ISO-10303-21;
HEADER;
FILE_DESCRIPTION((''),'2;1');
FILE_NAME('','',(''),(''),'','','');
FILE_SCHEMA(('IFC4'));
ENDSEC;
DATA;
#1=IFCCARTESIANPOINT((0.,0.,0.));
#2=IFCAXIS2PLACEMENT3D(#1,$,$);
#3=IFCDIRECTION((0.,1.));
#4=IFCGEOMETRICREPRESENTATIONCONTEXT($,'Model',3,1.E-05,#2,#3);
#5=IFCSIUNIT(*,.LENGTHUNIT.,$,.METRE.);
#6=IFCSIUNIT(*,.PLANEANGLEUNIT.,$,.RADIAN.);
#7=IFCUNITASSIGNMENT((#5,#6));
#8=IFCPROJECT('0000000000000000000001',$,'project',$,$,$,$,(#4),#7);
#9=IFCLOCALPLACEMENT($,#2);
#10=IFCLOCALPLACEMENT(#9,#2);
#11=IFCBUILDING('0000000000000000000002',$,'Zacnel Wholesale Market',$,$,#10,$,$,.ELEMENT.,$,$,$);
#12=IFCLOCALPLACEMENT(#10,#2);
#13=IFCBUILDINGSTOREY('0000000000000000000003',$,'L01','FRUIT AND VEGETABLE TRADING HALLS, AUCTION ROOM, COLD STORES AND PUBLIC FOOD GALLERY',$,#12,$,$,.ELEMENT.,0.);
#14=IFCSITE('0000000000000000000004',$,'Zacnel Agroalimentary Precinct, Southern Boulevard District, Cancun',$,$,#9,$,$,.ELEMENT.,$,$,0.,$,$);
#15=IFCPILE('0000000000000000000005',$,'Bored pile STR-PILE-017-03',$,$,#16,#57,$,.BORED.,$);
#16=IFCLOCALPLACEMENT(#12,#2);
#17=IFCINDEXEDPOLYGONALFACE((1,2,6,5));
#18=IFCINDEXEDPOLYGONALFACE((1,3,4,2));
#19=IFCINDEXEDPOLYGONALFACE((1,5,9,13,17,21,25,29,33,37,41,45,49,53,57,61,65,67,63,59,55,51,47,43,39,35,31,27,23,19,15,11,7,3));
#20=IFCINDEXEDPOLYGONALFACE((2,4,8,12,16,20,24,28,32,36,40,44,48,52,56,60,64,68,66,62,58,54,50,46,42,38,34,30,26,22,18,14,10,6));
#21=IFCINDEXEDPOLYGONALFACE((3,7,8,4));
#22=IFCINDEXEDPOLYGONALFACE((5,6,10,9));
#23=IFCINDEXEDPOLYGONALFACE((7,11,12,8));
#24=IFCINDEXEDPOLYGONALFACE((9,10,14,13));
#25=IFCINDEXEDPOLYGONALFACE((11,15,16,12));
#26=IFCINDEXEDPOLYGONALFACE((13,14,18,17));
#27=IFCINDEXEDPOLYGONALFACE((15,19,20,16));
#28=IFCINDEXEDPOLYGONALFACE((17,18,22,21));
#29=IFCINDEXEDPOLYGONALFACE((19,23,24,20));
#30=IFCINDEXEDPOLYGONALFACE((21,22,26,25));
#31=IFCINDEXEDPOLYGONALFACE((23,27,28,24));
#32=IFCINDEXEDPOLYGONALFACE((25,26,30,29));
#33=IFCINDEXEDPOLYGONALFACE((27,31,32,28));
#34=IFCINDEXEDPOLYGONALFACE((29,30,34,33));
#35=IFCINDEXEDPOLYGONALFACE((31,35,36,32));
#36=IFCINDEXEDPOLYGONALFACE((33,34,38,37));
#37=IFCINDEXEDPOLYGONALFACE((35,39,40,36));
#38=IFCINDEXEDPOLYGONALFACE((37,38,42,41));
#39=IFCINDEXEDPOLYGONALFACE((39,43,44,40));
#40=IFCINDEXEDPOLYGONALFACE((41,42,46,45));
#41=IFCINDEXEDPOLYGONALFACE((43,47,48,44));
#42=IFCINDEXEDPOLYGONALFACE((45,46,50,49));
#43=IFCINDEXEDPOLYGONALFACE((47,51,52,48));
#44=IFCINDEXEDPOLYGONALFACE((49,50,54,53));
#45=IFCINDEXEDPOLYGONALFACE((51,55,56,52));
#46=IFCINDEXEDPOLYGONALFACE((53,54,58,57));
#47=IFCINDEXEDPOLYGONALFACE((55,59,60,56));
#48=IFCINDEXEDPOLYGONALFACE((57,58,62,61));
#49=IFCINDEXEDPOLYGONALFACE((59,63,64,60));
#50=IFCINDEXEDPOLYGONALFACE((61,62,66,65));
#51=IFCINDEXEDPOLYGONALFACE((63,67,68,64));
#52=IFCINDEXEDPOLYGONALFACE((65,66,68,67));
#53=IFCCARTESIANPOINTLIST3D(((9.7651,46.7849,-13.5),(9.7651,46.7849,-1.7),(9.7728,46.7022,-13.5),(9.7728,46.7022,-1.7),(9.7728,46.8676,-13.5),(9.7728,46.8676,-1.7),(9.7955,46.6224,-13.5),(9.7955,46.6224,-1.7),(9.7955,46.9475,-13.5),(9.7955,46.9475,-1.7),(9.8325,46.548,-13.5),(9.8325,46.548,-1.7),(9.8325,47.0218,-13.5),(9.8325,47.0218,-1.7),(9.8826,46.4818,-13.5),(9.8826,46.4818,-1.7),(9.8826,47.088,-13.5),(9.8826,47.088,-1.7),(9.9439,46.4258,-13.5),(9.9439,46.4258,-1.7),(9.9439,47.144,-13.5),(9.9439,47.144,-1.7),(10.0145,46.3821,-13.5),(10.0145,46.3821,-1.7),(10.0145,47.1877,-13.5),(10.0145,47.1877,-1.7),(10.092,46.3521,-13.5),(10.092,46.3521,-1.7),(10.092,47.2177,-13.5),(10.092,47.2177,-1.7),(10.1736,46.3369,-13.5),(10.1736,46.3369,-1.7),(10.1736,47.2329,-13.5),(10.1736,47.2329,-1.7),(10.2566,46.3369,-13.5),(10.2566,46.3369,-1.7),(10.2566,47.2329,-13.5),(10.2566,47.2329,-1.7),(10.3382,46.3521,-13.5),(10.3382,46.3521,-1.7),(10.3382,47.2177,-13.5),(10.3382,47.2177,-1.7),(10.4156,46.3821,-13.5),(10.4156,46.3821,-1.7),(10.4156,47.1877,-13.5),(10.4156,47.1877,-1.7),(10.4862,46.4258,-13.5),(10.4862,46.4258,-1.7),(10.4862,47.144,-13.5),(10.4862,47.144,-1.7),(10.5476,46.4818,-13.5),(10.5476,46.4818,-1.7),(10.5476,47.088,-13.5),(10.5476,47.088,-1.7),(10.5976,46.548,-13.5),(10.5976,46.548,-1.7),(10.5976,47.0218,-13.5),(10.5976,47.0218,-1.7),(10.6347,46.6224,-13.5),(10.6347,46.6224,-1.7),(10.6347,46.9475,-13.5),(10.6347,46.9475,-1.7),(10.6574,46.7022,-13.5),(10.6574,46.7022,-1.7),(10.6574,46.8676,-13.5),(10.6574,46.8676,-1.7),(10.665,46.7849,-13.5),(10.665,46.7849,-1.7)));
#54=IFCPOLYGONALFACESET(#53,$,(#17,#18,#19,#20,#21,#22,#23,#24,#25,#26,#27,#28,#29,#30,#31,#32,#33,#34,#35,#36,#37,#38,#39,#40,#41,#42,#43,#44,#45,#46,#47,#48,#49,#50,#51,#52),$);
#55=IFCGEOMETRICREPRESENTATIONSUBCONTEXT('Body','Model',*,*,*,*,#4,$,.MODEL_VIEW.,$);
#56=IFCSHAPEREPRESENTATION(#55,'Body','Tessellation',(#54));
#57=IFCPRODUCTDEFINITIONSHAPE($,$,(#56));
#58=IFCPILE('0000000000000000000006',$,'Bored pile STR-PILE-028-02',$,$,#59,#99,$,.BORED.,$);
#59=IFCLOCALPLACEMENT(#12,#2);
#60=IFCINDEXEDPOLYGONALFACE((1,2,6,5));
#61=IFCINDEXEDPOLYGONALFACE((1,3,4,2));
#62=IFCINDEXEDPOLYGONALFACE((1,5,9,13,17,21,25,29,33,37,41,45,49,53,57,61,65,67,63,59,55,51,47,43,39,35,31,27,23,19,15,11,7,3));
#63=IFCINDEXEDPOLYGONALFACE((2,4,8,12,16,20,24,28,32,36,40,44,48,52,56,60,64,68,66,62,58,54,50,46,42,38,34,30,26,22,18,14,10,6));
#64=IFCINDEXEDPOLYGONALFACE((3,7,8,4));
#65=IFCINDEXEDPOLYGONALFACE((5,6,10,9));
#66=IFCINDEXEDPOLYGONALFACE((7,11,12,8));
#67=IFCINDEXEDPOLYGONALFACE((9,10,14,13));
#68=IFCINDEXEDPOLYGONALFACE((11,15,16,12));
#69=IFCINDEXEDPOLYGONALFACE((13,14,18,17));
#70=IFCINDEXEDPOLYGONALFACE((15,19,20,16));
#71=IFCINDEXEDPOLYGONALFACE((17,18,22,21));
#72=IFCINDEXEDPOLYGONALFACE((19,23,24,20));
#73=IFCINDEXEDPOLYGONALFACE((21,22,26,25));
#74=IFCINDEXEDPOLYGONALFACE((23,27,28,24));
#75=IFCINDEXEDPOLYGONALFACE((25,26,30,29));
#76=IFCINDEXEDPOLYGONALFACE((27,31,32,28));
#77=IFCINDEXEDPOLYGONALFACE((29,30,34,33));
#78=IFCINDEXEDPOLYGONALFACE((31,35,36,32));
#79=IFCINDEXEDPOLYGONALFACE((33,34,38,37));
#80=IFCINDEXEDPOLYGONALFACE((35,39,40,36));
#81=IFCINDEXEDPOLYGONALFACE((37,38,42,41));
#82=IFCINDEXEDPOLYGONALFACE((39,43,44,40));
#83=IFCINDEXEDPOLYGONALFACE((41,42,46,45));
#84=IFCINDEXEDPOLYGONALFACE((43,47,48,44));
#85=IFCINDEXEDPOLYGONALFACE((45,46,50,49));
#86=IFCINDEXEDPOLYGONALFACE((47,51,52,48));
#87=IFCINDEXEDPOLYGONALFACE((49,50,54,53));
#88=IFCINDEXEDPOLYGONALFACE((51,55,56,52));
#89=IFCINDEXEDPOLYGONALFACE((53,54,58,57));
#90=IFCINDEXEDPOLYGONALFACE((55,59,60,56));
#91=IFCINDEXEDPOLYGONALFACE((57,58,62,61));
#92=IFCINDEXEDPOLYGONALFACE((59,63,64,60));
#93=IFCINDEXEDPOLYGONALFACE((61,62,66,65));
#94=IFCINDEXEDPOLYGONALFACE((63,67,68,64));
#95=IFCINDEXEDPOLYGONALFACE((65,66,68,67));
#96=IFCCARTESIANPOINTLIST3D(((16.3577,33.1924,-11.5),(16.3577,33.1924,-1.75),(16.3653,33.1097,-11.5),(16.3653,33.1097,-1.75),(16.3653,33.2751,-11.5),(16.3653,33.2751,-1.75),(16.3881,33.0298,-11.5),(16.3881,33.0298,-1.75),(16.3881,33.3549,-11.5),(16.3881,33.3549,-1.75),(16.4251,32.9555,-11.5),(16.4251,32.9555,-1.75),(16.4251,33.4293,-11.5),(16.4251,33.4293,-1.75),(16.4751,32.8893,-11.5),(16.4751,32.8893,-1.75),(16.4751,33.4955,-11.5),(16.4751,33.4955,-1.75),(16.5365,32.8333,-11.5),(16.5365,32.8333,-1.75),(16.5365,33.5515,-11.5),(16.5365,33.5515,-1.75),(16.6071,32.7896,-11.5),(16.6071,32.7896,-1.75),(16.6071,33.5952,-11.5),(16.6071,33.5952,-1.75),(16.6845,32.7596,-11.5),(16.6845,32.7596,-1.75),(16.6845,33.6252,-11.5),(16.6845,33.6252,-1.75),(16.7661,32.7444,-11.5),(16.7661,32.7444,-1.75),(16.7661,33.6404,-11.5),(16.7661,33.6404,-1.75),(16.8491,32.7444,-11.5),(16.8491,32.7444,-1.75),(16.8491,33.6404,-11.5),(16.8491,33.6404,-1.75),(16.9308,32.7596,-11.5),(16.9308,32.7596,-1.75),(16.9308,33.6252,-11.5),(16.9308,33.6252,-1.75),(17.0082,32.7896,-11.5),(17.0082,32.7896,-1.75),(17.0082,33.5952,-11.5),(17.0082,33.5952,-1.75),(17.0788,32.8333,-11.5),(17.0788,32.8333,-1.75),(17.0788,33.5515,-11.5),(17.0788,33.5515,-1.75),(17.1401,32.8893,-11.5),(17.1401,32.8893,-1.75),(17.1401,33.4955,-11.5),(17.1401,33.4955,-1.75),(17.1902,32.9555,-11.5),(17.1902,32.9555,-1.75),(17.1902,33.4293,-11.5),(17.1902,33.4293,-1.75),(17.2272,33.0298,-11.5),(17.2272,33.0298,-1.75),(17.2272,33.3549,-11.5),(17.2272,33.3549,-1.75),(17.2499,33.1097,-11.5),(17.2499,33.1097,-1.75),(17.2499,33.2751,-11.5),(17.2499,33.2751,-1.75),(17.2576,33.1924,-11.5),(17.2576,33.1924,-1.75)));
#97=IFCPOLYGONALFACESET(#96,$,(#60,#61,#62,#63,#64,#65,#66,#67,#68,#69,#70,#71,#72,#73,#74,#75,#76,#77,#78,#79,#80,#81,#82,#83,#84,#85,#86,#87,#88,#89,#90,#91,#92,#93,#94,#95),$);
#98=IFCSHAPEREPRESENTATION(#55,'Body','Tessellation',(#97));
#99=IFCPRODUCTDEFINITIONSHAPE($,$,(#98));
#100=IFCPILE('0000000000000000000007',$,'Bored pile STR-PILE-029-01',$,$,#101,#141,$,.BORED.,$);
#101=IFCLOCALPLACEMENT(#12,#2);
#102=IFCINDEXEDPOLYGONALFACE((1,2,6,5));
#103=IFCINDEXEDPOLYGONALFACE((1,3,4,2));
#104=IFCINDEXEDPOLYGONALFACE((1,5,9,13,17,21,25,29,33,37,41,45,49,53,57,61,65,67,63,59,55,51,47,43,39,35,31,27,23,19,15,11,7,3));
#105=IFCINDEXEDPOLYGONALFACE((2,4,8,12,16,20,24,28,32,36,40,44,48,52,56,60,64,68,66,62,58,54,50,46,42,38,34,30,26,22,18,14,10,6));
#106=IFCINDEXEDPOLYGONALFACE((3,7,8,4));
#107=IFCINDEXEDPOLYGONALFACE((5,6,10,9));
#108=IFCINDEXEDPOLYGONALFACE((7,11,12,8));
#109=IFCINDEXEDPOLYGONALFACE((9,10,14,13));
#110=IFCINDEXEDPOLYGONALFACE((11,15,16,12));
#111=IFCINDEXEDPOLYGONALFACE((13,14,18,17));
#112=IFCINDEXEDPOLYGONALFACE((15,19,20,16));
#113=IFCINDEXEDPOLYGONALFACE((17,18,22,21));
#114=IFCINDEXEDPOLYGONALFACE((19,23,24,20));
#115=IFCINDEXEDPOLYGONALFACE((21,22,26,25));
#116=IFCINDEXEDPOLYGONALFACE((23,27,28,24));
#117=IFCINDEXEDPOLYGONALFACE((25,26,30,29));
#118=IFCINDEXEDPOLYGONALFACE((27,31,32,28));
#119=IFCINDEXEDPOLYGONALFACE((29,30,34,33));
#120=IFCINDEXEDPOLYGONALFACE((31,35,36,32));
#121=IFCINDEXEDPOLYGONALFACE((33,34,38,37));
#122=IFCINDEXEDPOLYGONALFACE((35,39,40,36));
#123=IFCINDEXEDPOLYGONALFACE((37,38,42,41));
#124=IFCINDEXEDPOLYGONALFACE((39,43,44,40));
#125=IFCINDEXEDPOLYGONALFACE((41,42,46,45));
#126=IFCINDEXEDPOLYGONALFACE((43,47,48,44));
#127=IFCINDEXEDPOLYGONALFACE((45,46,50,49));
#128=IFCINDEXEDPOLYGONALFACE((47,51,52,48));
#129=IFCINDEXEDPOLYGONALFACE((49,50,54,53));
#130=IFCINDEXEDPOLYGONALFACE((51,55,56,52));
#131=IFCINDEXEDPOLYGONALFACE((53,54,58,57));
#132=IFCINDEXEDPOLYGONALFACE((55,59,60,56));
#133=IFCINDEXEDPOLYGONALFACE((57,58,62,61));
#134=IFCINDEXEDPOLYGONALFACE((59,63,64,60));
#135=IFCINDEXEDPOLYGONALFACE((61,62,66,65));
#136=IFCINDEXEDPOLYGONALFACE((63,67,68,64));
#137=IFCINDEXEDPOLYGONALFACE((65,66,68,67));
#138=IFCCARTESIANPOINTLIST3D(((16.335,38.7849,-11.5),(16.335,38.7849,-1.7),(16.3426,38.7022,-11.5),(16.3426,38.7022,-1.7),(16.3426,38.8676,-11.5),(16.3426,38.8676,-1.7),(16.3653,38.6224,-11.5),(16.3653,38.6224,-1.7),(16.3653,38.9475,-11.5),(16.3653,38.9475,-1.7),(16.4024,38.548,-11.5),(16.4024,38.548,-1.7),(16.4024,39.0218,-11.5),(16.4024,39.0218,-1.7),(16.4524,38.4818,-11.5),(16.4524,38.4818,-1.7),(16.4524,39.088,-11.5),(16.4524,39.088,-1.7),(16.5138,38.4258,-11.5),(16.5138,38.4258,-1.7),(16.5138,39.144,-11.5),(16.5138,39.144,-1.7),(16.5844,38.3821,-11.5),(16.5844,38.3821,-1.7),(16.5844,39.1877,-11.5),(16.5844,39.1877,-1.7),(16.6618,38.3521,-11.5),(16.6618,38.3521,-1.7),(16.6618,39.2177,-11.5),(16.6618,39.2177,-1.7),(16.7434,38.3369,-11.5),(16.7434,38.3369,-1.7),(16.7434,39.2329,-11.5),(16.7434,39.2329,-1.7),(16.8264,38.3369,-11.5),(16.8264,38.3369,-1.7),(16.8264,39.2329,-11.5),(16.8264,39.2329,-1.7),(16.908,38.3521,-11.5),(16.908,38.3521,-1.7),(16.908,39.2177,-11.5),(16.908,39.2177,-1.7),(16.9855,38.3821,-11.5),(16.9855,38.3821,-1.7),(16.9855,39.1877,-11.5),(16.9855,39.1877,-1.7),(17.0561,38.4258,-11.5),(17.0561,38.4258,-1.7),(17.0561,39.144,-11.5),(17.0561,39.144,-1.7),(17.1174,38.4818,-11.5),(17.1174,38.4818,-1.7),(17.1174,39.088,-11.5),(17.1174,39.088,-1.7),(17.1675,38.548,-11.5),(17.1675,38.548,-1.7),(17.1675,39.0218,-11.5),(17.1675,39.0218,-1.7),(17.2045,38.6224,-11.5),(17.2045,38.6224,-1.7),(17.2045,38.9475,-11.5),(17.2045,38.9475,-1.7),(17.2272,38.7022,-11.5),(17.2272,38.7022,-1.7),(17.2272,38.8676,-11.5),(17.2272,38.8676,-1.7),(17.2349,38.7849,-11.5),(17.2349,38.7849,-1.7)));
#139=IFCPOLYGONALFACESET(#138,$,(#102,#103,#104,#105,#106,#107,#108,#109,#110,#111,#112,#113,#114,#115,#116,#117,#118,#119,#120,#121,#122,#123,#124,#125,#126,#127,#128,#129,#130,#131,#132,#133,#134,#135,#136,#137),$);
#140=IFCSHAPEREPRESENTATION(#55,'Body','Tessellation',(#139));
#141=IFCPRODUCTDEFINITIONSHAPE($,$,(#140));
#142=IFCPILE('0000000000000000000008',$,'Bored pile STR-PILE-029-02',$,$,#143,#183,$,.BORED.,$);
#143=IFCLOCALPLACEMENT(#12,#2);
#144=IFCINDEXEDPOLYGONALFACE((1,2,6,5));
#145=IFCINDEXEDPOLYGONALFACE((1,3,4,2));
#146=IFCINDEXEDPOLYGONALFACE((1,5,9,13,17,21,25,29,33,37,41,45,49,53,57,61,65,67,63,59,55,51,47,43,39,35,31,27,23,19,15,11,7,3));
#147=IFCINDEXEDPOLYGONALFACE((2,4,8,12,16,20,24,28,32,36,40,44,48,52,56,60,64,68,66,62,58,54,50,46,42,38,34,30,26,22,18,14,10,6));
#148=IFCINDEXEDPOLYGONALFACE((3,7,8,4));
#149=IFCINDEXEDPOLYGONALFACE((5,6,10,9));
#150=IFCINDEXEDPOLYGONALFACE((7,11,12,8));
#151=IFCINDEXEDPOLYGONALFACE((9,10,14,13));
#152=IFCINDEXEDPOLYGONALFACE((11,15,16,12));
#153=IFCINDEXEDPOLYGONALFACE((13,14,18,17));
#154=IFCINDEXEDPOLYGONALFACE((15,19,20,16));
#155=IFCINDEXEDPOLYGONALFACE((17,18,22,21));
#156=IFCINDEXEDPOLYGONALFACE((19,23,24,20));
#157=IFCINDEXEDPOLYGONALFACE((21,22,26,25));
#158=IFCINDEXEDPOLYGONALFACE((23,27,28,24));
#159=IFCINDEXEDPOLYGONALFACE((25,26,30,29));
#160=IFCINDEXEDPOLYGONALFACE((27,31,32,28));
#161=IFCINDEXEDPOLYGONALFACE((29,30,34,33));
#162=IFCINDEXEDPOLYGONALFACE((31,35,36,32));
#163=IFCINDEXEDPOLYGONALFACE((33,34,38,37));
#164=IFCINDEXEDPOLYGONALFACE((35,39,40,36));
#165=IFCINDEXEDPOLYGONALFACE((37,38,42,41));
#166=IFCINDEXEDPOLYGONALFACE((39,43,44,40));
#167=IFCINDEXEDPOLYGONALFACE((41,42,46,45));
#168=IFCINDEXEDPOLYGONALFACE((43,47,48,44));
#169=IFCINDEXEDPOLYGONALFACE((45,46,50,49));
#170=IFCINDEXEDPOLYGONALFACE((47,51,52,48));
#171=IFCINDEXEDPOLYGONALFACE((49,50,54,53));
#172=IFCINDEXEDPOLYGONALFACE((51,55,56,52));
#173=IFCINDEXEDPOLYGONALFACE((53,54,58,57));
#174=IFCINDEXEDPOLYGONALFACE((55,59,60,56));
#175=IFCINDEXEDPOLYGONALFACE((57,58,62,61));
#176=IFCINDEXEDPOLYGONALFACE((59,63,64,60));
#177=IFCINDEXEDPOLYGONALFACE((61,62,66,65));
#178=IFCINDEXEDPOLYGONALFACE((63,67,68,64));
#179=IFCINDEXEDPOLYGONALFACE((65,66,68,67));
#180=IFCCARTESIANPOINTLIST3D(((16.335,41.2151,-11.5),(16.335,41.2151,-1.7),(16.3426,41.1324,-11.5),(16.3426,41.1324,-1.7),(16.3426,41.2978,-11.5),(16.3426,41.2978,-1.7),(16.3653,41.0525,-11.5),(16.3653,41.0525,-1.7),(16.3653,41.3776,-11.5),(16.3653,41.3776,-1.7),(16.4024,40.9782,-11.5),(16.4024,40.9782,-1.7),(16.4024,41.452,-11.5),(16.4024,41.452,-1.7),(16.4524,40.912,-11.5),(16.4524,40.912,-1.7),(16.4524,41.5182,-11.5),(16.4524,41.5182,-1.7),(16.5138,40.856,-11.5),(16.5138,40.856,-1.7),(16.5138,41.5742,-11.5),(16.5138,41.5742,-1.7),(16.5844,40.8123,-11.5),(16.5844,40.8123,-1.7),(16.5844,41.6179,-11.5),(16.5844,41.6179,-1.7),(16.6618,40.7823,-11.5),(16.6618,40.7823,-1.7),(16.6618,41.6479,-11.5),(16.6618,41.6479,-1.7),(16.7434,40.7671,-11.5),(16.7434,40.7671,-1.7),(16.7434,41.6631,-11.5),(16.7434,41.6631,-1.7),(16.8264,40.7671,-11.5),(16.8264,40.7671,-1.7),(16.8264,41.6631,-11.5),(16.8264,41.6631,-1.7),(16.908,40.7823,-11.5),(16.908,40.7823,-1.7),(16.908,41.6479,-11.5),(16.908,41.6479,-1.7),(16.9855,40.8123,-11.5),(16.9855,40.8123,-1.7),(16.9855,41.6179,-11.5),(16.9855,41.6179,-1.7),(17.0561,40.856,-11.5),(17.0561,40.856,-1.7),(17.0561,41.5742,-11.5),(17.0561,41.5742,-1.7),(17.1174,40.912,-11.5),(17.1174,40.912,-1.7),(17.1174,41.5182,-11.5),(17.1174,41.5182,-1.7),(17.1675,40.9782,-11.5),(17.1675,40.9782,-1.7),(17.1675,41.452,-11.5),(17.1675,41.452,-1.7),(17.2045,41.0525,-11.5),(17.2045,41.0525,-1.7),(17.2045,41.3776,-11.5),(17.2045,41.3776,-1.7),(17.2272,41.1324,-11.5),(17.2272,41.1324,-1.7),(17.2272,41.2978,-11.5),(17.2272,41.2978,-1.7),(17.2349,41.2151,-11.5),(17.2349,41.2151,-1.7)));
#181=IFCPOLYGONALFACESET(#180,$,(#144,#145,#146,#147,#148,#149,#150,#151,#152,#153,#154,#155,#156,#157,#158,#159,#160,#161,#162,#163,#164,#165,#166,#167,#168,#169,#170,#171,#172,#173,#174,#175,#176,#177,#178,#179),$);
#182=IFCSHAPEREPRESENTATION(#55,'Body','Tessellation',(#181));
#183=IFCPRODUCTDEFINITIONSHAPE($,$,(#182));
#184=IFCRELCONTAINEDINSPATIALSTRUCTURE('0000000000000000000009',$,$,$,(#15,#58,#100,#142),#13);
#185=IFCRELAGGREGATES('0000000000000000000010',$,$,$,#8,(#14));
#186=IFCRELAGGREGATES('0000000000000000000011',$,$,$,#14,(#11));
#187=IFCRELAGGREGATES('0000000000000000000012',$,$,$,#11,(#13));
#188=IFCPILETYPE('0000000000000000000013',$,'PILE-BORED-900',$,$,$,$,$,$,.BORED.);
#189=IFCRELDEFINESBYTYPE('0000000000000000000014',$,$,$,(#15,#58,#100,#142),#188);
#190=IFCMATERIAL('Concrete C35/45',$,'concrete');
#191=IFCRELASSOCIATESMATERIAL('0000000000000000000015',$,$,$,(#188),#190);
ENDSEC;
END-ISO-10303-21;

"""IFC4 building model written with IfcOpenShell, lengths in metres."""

from ifc_helpers import new_model, si_unit, direction, frame, origin, origin_2d, place, context, subcontext, project, spatial, circle, extrude, material, material_profile, profile_set, type_object, element, save


model = new_model("IFC4")

# Units and contexts
model_context = context("Model", 3, precision=1e-05, world=origin(), true_north=direction((0.0, 1.0)))
body_context = subcontext(model_context, "Body", "Model", "MODEL_VIEW")
ifc_project = project(units=[si_unit("LENGTHUNIT", "METRE"), si_unit("PLANEANGLEUNIT", "RADIAN")], contexts=[model_context])

# Site, building, storey
site_placement = place(None, origin())
site = spatial("IfcSite", under=ifc_project, at=site_placement, Name="Zacnel Agroalimentary Precinct, Southern Boulevard District, Cancun", CompositionType="ELEMENT", RefElevation=0.0)
building_placement = place(site_placement, origin())
building = spatial("IfcBuilding", under=site, at=building_placement, Name="Zacnel Wholesale Market", CompositionType="ELEMENT")
storey_placement = place(building_placement, origin())
storey = spatial("IfcBuildingStorey", under=building, at=storey_placement, Name="L01", Description="FRUIT AND VEGETABLE TRADING HALLS, AUCTION ROOM, COLD STORES AND PUBLIC FOOD GALLERY", CompositionType="ELEMENT", Elevation=0.0)

# Piles
ifc_material_1 = material(Name="Concrete C35/45", Category="concrete")
ifc_material_profile_1 = material_profile(ifc_material_1, circle(Radius=0.45, at=origin_2d()), Name="BORED PILE D900")
ifc_profile_set_1 = profile_set([ifc_material_profile_1], Name="Concrete C35/45")
pile_type = type_object("IfcPileType", Name="PILE-BORED-900", PredefinedType="BORED", material=ifc_profile_set_1)
for number, where, z_axis, x_axis, name in (
    (1, (10.2151, 46.7849, -1.7), (0.0, 0.0, -1.0), (1.0, 0.0, 0.0), "Bored pile STR-PILE-017-03"),
):
    element("IfcPile", number, at=place(storey_placement, frame(where, z_axis=z_axis, x_axis=x_axis)), inside=storey, type_object=pile_type, Name=name, PredefinedType="BORED", context=body_context, shape_type="SweptSolid", body=[
        extrude(circle(Radius=0.45, at=origin_2d()), origin(), (0.0, 0.0, 1.0), 11.8),
    ])
pile_1_placement = place(storey_placement, frame((16.8076, 33.1924, -1.75), z_axis=(0.0, 0.0, -1.0), x_axis=(1.0, 0.0, 0.0)))
element("IfcPile", 2, at=pile_1_placement, inside=storey, type_object=pile_type, Name="Bored pile STR-PILE-028-02", PredefinedType="BORED", context=body_context, shape_type="SweptSolid", body=[
    extrude(circle(Radius=0.45, at=origin_2d()), origin(), (0.0, 0.0, 1.0), 9.75),
])
for number, where, z_axis, x_axis, name in (
    (3, (16.7849, 38.7849, -1.7), (0.0, 0.0, -1.0), (1.0, 0.0, 0.0), "Bored pile STR-PILE-029-01"),
    (4, (16.7849, 41.2151, -1.7), (0.0, 0.0, -1.0), (1.0, 0.0, 0.0), "Bored pile STR-PILE-029-02"),
):
    element("IfcPile", number, at=place(storey_placement, frame(where, z_axis=z_axis, x_axis=x_axis)), inside=storey, type_object=pile_type, Name=name, PredefinedType="BORED", context=body_context, shape_type="SweptSolid", body=[
        extrude(circle(Radius=0.45, at=origin_2d()), origin(), (0.0, 0.0, 1.0), 9.8),
    ])

save(model, "model.ifc")
